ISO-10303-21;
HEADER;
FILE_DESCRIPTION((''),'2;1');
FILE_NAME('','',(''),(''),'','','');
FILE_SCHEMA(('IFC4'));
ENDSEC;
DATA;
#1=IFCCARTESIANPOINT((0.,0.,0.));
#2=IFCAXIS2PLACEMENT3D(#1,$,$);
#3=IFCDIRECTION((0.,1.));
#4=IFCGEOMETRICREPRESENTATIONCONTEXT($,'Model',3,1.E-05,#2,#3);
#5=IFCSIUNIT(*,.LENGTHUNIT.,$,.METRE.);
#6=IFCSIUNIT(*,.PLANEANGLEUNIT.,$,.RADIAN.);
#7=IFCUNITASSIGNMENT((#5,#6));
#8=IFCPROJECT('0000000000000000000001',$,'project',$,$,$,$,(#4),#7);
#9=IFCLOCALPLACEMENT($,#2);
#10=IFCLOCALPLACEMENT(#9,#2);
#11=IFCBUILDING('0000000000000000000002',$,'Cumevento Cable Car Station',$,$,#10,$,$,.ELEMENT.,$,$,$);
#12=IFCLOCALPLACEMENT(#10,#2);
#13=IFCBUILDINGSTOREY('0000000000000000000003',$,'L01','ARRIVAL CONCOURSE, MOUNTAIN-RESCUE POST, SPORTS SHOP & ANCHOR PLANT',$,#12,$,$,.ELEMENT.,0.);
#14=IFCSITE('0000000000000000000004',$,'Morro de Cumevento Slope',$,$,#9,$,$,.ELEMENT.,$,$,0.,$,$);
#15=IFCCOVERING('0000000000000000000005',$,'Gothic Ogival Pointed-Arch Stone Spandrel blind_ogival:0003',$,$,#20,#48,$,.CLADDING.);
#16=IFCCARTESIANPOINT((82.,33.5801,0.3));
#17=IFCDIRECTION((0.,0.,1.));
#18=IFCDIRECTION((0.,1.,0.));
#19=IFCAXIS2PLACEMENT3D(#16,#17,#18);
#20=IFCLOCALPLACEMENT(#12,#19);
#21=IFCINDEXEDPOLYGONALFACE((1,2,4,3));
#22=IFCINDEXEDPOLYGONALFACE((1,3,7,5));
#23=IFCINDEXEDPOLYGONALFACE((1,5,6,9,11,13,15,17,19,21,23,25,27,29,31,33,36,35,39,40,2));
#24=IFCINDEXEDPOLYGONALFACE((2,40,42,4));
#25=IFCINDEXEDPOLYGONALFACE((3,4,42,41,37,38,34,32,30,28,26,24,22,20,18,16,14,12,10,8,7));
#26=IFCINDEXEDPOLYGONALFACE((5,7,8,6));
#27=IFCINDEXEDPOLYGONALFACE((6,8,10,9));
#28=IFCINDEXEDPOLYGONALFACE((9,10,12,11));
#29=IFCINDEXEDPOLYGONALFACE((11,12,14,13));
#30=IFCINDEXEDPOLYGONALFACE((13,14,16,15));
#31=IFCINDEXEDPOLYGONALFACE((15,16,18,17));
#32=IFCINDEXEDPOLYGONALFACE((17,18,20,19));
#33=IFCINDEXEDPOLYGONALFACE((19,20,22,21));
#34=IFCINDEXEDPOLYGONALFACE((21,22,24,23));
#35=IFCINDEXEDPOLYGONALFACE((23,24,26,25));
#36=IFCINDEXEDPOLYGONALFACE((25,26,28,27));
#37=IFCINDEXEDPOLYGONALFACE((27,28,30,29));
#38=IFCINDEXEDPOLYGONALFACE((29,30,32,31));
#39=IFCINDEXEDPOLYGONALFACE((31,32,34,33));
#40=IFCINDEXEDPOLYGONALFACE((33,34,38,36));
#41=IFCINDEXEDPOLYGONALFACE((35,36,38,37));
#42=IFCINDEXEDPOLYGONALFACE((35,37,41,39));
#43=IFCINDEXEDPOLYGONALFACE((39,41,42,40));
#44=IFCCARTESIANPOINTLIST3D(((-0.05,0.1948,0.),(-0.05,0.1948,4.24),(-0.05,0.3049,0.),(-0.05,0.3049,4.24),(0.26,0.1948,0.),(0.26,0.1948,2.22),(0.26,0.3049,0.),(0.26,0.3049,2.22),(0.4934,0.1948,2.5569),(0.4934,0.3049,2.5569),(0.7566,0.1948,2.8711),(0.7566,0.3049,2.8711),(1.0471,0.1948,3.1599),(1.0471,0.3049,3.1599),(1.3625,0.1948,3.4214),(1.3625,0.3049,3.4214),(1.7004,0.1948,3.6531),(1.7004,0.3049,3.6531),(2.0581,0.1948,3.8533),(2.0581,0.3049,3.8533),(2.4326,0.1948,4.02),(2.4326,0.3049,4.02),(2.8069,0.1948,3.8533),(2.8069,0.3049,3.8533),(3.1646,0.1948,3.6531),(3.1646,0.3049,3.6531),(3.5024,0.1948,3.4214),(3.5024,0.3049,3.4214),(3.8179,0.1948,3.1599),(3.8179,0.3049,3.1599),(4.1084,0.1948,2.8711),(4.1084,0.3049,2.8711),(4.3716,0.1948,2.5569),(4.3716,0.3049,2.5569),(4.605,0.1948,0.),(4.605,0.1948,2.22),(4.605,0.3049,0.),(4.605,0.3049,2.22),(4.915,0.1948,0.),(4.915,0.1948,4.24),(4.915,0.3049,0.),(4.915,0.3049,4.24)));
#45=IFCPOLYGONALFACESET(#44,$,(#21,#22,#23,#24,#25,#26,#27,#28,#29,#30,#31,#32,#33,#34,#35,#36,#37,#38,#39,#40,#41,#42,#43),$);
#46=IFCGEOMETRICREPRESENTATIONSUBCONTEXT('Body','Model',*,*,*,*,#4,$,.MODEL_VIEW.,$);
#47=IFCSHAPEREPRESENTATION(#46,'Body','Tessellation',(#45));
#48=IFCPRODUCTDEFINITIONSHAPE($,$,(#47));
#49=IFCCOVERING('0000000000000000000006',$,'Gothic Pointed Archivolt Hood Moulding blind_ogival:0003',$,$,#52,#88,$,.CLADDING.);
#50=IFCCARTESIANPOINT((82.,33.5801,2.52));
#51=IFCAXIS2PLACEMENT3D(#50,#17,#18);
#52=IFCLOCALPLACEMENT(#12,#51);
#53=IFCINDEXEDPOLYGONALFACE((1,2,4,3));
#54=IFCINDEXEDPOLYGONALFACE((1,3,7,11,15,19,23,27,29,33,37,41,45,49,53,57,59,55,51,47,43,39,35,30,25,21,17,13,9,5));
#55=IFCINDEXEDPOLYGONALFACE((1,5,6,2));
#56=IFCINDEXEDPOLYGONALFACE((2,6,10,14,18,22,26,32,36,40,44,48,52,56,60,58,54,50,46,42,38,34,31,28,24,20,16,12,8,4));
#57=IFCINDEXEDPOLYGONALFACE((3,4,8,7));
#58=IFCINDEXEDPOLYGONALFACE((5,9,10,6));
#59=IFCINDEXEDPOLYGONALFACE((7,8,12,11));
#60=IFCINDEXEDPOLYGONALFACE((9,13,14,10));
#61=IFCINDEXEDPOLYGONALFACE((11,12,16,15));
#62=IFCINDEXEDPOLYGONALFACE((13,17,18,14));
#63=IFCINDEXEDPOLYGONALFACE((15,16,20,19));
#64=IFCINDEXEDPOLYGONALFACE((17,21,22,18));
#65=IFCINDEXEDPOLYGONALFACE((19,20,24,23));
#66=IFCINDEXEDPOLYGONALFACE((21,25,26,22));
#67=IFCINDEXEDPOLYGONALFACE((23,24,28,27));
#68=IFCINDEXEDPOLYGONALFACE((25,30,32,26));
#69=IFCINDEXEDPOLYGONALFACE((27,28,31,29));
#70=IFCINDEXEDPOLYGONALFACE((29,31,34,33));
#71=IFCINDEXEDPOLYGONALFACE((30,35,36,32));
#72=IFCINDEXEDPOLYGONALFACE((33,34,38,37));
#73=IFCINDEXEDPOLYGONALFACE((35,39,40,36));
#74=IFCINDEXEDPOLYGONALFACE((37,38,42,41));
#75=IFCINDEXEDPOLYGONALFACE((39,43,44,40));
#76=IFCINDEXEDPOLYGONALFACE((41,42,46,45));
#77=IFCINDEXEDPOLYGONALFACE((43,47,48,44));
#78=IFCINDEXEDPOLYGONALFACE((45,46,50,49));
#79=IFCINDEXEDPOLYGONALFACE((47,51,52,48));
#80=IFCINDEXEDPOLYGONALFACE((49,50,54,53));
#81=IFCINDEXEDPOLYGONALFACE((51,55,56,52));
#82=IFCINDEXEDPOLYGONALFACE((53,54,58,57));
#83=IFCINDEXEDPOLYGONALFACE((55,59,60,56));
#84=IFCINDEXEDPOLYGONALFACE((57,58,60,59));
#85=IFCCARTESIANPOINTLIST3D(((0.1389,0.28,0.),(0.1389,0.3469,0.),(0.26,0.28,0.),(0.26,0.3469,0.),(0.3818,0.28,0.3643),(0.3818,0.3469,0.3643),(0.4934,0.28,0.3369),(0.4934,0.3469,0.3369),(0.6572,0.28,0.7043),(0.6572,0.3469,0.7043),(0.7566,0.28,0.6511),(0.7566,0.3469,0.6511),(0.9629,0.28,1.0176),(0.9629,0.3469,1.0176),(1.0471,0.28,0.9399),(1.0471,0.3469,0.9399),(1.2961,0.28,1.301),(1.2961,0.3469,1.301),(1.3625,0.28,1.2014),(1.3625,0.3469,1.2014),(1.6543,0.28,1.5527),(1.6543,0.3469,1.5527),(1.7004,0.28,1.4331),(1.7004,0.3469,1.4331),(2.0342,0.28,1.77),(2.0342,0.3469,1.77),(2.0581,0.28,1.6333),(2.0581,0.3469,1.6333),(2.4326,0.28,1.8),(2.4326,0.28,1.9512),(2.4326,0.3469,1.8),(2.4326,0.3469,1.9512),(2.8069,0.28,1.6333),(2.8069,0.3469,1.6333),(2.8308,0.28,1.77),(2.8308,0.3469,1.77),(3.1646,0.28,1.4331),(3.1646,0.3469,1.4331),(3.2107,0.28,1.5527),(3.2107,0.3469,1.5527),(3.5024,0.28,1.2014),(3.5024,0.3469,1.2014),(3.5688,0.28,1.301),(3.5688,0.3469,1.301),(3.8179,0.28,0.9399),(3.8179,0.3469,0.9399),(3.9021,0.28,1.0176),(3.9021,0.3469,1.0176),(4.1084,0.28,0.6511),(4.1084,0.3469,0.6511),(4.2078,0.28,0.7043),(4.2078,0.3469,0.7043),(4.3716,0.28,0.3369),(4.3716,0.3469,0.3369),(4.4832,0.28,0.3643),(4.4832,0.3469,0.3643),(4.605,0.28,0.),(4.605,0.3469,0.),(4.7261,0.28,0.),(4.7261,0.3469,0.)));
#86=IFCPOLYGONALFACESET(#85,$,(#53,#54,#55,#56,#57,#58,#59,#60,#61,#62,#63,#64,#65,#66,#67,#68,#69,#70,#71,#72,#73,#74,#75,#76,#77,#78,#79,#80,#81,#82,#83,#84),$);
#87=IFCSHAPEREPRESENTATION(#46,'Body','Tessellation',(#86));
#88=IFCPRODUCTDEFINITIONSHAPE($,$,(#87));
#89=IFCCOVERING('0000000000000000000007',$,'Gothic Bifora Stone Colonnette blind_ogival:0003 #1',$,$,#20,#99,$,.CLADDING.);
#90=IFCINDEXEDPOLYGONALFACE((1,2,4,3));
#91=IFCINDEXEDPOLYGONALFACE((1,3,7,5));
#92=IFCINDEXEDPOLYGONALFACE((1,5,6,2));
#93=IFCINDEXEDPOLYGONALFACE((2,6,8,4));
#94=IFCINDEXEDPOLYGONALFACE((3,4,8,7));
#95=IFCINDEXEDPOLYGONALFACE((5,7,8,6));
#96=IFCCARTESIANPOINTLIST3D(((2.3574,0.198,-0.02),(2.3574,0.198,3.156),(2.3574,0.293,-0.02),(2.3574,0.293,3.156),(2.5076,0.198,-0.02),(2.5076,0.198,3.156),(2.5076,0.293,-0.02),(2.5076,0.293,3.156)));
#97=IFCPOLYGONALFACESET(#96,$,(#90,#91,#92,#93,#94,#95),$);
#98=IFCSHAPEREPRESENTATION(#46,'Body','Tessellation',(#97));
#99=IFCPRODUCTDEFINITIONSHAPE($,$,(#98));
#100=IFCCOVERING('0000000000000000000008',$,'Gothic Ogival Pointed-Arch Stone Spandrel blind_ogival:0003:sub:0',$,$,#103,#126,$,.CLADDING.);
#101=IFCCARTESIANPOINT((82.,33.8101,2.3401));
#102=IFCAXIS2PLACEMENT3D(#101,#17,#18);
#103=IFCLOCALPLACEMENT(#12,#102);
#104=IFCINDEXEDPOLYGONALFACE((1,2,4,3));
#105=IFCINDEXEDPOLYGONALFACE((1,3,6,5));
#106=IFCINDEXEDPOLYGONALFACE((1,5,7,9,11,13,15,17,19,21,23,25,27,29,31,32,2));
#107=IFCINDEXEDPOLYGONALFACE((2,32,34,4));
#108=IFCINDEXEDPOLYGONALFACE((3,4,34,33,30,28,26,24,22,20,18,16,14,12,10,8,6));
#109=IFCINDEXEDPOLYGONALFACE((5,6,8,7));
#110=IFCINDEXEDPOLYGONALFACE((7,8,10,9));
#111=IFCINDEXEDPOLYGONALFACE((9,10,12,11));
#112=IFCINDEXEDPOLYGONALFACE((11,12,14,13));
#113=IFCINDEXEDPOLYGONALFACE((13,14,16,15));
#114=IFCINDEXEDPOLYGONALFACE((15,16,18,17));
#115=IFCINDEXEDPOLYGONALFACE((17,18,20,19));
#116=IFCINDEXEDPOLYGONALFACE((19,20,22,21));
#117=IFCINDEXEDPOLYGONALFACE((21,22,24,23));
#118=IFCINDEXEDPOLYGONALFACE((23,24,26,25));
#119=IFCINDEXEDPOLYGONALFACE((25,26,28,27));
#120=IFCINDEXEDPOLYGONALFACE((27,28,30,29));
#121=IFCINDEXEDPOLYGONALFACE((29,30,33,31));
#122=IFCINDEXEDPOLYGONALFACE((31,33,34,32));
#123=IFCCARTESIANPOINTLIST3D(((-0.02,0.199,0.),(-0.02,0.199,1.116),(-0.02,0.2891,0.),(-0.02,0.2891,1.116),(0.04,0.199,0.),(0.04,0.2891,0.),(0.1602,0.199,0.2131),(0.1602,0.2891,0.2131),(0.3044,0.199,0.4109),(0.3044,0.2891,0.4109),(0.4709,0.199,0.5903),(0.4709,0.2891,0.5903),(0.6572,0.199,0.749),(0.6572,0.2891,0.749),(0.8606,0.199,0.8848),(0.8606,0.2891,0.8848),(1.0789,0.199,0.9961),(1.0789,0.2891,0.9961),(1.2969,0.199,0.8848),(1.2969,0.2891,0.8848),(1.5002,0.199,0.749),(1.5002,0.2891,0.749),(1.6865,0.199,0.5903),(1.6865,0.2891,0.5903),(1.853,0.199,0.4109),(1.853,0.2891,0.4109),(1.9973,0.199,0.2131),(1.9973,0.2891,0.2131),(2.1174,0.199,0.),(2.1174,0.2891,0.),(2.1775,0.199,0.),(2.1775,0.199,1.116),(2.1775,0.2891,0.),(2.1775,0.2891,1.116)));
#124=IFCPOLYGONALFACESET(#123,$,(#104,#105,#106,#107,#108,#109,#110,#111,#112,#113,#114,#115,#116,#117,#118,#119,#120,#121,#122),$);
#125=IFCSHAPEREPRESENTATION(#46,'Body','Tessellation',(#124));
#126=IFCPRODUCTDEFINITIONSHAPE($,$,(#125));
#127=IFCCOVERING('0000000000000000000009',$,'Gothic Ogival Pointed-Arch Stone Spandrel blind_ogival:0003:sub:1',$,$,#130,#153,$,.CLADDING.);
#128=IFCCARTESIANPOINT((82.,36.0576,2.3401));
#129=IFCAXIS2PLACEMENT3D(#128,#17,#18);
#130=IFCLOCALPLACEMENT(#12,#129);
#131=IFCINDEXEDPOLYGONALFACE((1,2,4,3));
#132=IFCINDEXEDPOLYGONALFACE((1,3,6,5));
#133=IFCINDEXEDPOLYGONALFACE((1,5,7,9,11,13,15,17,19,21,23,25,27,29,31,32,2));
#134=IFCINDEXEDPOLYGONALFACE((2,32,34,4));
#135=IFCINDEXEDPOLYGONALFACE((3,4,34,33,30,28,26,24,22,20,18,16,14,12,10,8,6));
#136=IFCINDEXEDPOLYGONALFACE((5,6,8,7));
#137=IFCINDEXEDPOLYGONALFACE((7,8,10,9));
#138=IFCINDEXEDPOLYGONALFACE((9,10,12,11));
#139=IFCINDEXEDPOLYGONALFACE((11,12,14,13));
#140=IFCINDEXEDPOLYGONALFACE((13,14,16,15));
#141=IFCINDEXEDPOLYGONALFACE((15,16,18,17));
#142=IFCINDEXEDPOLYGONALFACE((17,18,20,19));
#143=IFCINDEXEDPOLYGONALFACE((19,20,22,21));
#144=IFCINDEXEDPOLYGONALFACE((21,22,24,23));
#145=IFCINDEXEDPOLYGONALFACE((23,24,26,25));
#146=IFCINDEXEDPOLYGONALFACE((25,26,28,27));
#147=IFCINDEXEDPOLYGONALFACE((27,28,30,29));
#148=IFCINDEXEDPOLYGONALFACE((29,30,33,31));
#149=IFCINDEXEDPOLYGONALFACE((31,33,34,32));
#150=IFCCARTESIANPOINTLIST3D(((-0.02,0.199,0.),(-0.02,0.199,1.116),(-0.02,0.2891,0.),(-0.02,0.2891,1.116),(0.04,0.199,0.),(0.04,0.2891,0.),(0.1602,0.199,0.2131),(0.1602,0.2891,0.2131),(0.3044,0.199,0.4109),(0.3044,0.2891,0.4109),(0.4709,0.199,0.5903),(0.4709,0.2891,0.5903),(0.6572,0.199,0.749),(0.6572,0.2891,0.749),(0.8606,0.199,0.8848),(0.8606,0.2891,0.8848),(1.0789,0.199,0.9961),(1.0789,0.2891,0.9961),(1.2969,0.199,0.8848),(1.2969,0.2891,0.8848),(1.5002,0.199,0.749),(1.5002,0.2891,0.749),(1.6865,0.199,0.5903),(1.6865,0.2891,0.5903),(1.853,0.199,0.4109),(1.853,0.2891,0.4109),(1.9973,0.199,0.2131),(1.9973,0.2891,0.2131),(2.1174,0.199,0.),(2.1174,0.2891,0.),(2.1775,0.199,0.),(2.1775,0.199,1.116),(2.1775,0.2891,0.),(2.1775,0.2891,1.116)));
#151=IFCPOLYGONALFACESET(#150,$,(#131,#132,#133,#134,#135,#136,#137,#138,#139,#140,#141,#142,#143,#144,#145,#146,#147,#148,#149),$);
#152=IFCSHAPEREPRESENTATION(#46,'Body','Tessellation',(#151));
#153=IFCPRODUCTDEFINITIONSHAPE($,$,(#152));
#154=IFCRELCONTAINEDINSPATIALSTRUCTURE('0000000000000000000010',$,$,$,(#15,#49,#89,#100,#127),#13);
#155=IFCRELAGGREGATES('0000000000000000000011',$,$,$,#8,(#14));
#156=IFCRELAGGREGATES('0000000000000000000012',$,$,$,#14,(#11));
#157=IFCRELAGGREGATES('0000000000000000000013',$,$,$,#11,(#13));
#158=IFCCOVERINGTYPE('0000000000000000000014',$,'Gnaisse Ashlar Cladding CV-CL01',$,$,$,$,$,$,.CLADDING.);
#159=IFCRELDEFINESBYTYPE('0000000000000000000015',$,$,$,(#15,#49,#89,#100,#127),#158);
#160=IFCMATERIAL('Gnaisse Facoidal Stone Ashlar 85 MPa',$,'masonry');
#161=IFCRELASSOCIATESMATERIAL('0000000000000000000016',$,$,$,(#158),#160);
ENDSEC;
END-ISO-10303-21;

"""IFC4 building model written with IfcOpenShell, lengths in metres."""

from ifc_helpers import new_model, si_unit, direction, frame, origin, place, context, subcontext, project, spatial, polyline, outline, extrude, material, type_object, element, save


model = new_model("IFC4")

# Units and contexts
model_context = context("Model", 3, precision=1e-05, world=origin(), true_north=direction((0.0, 1.0)))
body_context = subcontext(model_context, "Body", "Model", "MODEL_VIEW")
ifc_project = project(units=[si_unit("LENGTHUNIT", "METRE"), si_unit("PLANEANGLEUNIT", "RADIAN")], contexts=[model_context])

# Site, building, storey
site_placement = place(None, origin())
site = spatial("IfcSite", under=ifc_project, at=site_placement, Name="Morro de Cumevento Slope", CompositionType="ELEMENT", RefElevation=0.0)
building_placement = place(site_placement, origin())
building = spatial("IfcBuilding", under=site, at=building_placement, Name="Cumevento Cable Car Station", CompositionType="ELEMENT")
storey_placement = place(building_placement, origin())
storey = spatial("IfcBuildingStorey", under=building, at=storey_placement, Name="L01", Description="ARRIVAL CONCOURSE, MOUNTAIN-RESCUE POST, SPORTS SHOP & ANCHOR PLANT", CompositionType="ELEMENT", Elevation=0.0)

# Coverings
ifc_material_1 = material(Name="Gnaisse Facoidal Stone Ashlar 85 MPa", Category="masonry")
covering_type = type_object("IfcCoveringType", Name="Gnaisse Ashlar Cladding CV-CL01", PredefinedType="CLADDING", material=ifc_material_1)
placement = place(storey_placement, frame((82.0, 33.5801, 0.3), z_axis=(0.0, 0.0, 1.0), x_axis=(0.0, 1.0, 0.0)))
element("IfcCovering", 1, at=placement, inside=storey, type_object=covering_type, Name="Gothic Ogival Pointed-Arch Stone Spandrel blind_ogival:0003", PredefinedType="CLADDING", context=body_context, shape_type="SweptSolid", body=[
    extrude(outline(polyline([(-0.05, 0.0), (-0.05, 4.24), (4.915, 4.24), (4.915, 0.0), (4.605, 0.0), (4.605, 2.22), (4.3716, 2.5569), (4.1084, 2.8711), (3.8179, 3.1599), (3.5024, 3.4214), (3.1646, 3.6531), (2.8069, 3.8533), (2.4326, 4.02), (2.0581, 3.8533), (1.7004, 3.6531), (1.3625, 3.4214), (1.0471, 3.1599), (0.7566, 2.8711), (0.4934, 2.5569), (0.26, 2.22), (0.26, 0.0), (-0.05, 0.0)])), frame((0.0, 0.3049, 0.0), z_axis=(0.0, -1.0, 0.0), x_axis=(1.0, 0.0, 0.0)), (0.0, 0.0, 1.0), 0.1101),
])
covering_1_placement = place(storey_placement, frame((82.0, 33.5801, 2.52), z_axis=(0.0, 0.0, 1.0), x_axis=(0.0, 1.0, 0.0)))
element("IfcCovering", 2, at=covering_1_placement, inside=storey, type_object=covering_type, Name="Gothic Pointed Archivolt Hood Moulding blind_ogival:0003", PredefinedType="CLADDING", context=body_context, shape_type="SweptSolid", body=[
    extrude(outline(polyline([(0.26, 0.0), (0.4934, 0.3369), (0.7566, 0.6511), (1.0471, 0.9399), (1.3625, 1.2014), (1.7004, 1.4331), (2.0581, 1.6333), (2.4326, 1.8), (2.8069, 1.6333), (3.1646, 1.4331), (3.5024, 1.2014), (3.8179, 0.9399), (4.1084, 0.6511), (4.3716, 0.3369), (4.605, 0.0), (4.7261, 0.0), (4.4832, 0.3643), (4.2078, 0.7043), (3.9021, 1.0176), (3.5688, 1.301), (3.2107, 1.5527), (2.8308, 1.77), (2.4326, 1.9512), (2.0342, 1.77), (1.6543, 1.5527), (1.2961, 1.301), (0.9629, 1.0176), (0.6572, 0.7043), (0.3818, 0.3643), (0.1389, 0.0), (0.26, 0.0)])), frame((0.0, 0.3469, 0.0), z_axis=(0.0, -1.0, 0.0), x_axis=(1.0, 0.0, 0.0)), (0.0, 0.0, 1.0), 0.0669),
])
element("IfcCovering", 3, at=placement, inside=storey, type_object=covering_type, Name="Gothic Bifora Stone Colonnette blind_ogival:0003 #1", PredefinedType="CLADDING", context=body_context, shape_type="SweptSolid", body=[
    extrude(outline(polyline([(2.3574, -0.02), (2.5076, -0.02), (2.5076, 3.156), (2.3574, 3.156), (2.3574, -0.02)])), frame((0.0, 0.293, 0.0), z_axis=(0.0, -1.0, 0.0), x_axis=(1.0, 0.0, 0.0)), (0.0, 0.0, 1.0), 0.095),
])
for number, where, z_axis, x_axis, name in (
    (4, (82.0, 33.8101, 2.3401), (0.0, 0.0, 1.0), (0.0, 1.0, 0.0), "Gothic Ogival Pointed-Arch Stone Spandrel blind_ogival:0003:sub:0"),
    (5, (82.0, 36.0576, 2.3401), (0.0, 0.0, 1.0), (0.0, 1.0, 0.0), "Gothic Ogival Pointed-Arch Stone Spandrel blind_ogival:0003:sub:1"),
):
    element("IfcCovering", number, at=place(storey_placement, frame(where, z_axis=z_axis, x_axis=x_axis)), inside=storey, type_object=covering_type, Name=name, PredefinedType="CLADDING", context=body_context, shape_type="SweptSolid", body=[
        extrude(outline(polyline([(-0.02, 0.0), (-0.02, 1.116), (2.1775, 1.116), (2.1775, 0.0), (2.1174, 0.0), (1.9973, 0.2131), (1.853, 0.4109), (1.6865, 0.5903), (1.5002, 0.749), (1.2969, 0.8848), (1.0789, 0.9961), (0.8606, 0.8848), (0.6572, 0.749), (0.4709, 0.5903), (0.3044, 0.4109), (0.1602, 0.2131), (0.04, 0.0), (-0.02, 0.0)])), frame((0.0, 0.2891, 0.0), z_axis=(0.0, -1.0, 0.0), x_axis=(1.0, 0.0, 0.0)), (0.0, 0.0, 1.0), 0.0901),
    ])

save(model, "model.ifc")
